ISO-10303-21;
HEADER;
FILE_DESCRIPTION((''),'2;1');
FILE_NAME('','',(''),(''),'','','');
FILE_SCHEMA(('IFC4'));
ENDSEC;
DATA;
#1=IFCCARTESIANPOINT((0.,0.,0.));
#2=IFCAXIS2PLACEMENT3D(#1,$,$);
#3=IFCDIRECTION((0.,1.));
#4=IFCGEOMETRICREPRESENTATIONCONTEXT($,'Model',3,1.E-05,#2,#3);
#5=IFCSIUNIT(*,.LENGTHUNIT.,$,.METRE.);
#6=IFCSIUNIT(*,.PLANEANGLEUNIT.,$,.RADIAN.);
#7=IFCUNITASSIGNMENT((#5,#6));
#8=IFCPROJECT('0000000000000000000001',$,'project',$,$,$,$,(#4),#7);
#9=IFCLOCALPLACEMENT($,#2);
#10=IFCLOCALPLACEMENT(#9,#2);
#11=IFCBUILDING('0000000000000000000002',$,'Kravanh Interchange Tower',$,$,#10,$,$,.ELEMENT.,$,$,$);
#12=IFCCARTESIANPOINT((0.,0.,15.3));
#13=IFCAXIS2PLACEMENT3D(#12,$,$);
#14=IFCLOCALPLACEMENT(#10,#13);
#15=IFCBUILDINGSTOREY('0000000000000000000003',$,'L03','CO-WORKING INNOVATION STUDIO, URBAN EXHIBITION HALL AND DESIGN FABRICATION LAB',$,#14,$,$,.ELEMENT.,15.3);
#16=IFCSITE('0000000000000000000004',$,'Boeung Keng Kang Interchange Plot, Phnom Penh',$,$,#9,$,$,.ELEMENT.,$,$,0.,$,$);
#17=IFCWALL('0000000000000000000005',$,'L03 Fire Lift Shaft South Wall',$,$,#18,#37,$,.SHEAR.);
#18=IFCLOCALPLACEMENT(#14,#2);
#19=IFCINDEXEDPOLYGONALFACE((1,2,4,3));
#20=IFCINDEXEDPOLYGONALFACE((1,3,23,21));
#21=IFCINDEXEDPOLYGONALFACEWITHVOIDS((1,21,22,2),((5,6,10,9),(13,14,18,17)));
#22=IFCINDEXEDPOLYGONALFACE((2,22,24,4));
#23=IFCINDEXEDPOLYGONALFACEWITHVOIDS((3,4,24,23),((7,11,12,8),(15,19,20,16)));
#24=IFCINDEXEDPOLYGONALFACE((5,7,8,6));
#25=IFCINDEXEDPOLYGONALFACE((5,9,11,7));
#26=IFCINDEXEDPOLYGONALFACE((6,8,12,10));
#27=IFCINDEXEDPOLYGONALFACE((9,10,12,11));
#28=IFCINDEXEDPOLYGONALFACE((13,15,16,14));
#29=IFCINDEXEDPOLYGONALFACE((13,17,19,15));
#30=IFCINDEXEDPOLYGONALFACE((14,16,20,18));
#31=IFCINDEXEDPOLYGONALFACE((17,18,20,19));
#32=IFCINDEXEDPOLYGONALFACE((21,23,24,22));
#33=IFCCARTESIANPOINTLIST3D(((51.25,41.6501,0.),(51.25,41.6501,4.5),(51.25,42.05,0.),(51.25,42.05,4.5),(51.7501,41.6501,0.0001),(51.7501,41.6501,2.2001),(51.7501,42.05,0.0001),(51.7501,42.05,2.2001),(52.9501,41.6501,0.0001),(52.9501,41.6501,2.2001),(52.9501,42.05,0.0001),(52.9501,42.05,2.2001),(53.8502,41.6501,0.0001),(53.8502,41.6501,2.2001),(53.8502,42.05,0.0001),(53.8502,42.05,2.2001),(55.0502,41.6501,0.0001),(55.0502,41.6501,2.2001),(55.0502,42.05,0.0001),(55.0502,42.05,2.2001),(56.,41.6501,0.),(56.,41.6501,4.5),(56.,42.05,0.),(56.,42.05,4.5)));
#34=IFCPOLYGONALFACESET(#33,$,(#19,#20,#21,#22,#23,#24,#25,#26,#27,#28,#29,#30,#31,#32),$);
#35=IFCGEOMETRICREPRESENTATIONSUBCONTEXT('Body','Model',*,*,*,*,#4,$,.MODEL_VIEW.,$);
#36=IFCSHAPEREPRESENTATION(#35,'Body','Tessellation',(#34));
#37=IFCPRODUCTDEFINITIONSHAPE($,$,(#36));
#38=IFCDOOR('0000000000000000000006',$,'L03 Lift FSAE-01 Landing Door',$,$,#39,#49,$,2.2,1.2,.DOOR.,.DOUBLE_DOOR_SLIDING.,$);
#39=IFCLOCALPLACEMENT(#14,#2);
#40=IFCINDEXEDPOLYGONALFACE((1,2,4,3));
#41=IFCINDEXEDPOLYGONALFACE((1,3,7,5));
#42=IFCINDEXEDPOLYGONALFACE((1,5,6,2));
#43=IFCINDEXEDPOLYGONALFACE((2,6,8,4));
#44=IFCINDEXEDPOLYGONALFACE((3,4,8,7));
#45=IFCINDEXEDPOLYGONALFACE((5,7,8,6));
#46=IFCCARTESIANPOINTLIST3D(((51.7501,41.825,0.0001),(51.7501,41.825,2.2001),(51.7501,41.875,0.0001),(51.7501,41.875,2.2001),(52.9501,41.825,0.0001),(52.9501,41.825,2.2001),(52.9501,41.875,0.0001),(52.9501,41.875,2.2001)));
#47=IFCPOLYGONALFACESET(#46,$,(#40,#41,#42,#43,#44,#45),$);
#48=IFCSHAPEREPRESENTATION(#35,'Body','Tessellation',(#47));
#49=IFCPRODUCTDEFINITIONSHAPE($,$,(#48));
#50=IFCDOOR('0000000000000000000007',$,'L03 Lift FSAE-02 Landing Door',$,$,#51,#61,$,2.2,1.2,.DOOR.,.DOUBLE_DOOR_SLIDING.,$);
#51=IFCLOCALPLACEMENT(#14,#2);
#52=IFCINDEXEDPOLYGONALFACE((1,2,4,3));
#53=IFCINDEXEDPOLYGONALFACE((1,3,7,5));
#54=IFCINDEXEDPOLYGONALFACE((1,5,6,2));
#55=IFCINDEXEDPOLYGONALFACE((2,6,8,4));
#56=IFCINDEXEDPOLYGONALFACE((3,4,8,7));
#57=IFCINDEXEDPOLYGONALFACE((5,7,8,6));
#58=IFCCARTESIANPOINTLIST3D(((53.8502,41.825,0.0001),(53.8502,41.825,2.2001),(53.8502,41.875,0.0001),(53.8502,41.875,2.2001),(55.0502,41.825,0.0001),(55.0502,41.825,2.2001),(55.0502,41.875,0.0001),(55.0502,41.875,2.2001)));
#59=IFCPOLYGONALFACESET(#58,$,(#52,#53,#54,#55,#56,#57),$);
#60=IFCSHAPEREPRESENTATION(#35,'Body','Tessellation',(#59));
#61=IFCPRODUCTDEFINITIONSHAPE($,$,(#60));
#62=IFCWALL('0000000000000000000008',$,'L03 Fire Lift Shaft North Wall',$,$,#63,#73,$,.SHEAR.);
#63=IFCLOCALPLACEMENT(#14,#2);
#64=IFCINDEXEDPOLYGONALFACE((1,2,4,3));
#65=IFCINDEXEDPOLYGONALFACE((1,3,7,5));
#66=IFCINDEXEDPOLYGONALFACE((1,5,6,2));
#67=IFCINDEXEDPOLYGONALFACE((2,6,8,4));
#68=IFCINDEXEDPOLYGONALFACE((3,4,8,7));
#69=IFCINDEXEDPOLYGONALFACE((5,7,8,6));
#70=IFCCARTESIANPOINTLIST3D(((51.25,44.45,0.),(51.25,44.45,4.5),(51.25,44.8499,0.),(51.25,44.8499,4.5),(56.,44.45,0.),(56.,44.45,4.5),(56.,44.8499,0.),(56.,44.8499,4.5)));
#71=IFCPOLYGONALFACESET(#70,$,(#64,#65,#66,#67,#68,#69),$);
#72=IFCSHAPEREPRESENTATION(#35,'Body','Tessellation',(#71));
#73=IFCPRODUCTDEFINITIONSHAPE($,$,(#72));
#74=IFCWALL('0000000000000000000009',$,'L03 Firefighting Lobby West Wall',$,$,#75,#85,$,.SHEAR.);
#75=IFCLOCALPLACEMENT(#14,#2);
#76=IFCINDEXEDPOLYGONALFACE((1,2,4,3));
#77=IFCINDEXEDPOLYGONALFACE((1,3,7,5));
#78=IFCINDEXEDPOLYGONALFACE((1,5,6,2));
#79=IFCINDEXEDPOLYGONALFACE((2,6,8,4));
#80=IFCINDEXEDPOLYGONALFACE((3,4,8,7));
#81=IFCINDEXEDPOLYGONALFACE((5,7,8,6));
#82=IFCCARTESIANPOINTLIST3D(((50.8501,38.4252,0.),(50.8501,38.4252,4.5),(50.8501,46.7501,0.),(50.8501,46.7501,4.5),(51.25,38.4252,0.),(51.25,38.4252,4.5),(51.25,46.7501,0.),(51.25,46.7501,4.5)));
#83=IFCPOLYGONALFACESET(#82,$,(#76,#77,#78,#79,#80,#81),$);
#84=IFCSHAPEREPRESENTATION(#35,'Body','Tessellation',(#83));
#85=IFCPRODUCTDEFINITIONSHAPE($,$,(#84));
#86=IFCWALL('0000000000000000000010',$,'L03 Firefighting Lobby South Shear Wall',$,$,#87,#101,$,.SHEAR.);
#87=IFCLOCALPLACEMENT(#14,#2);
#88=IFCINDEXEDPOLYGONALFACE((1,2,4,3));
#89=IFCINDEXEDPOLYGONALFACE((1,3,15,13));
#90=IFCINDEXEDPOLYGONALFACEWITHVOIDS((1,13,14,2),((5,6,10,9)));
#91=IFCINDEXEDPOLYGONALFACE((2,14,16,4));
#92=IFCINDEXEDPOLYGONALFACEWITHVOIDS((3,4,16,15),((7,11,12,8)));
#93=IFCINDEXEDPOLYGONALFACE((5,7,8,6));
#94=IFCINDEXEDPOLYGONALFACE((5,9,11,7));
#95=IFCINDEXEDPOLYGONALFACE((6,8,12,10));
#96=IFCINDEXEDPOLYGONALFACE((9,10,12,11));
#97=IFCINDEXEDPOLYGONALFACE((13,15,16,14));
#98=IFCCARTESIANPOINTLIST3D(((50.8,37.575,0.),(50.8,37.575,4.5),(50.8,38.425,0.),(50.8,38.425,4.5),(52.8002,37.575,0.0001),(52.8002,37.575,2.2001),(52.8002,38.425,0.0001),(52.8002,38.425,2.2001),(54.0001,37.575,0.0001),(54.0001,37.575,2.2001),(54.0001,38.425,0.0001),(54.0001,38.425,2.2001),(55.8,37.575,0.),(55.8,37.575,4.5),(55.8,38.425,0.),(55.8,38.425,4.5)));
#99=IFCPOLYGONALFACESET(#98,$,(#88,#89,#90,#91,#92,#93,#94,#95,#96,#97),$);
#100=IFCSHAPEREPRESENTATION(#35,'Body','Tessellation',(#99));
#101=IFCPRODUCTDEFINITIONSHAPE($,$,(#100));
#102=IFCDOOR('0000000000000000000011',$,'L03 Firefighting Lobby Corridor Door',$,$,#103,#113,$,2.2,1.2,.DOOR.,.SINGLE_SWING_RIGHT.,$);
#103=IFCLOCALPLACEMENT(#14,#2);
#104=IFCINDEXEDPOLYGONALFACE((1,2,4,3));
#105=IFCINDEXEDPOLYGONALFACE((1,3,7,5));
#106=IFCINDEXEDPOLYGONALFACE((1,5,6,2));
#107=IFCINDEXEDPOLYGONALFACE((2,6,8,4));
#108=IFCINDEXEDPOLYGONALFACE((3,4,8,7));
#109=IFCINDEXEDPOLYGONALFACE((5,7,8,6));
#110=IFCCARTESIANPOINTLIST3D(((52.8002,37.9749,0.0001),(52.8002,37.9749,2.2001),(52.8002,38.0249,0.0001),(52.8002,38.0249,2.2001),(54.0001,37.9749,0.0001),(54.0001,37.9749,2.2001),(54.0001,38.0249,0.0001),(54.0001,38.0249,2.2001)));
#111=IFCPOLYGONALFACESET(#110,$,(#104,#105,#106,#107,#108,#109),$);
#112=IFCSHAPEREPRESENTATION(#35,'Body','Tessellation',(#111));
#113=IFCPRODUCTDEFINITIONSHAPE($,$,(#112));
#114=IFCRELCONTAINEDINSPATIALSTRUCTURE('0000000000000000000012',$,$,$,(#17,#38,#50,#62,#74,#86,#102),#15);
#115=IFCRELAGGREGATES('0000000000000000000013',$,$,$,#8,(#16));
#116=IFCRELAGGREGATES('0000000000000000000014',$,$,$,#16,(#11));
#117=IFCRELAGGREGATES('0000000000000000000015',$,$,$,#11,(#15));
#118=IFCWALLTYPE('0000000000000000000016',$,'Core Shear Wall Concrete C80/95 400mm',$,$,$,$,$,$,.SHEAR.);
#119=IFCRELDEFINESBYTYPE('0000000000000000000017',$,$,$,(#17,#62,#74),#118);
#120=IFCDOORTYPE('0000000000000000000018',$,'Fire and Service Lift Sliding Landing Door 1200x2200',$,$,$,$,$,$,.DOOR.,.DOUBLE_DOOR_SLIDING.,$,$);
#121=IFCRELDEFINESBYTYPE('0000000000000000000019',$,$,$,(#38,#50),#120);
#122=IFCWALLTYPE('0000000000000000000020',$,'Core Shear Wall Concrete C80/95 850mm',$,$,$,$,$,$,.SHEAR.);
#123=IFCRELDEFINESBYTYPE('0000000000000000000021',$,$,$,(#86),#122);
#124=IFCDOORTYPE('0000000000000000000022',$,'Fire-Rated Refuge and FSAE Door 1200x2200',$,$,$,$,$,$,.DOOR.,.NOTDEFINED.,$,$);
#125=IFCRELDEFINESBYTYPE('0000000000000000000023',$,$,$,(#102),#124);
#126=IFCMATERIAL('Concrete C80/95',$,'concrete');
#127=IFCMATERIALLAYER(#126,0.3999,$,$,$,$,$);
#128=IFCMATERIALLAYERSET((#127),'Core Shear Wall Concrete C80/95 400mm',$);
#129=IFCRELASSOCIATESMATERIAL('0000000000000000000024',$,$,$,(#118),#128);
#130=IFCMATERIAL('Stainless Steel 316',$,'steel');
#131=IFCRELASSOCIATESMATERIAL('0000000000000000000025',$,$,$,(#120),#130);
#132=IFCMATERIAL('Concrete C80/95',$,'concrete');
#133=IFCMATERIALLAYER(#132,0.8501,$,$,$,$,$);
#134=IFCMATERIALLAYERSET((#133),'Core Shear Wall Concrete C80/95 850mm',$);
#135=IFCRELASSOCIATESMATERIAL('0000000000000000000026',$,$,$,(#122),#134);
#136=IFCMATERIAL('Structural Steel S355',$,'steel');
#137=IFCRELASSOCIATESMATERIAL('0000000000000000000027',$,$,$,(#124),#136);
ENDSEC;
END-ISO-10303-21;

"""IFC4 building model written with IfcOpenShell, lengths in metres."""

from ifc_helpers import new_model, si_unit, direction, frame, frame_2d, origin, place, context, subcontext, project, spatial, rectangle, extrude, material, layer, layer_set, type_object, element, fill, save


model = new_model("IFC4")

# Units and contexts
model_context = context("Model", 3, precision=1e-05, world=origin(), true_north=direction((0.0, 1.0)))
body_context = subcontext(model_context, "Body", "Model", "MODEL_VIEW")
ifc_project = project(units=[si_unit("LENGTHUNIT", "METRE"), si_unit("PLANEANGLEUNIT", "RADIAN")], contexts=[model_context])

# Site, building, storey
site_placement = place(None, origin())
site = spatial("IfcSite", under=ifc_project, at=site_placement, Name="Boeung Keng Kang Interchange Plot, Phnom Penh", CompositionType="ELEMENT", RefElevation=0.0)
building_placement = place(site_placement, origin())
building = spatial("IfcBuilding", under=site, at=building_placement, Name="Kravanh Interchange Tower", CompositionType="ELEMENT")
storey_placement = place(building_placement, frame((0.0, 0.0, 15.3)))
storey = spatial("IfcBuildingStorey", under=building, at=storey_placement, Name="L03", Description="CO-WORKING INNOVATION STUDIO, URBAN EXHIBITION HALL AND DESIGN FABRICATION LAB", CompositionType="ELEMENT", Elevation=15.3)

# Wall, openings, doors
ifc_material_1 = material(Name="Concrete C80/95", Category="concrete")
ifc_layer_1 = layer(ifc_material_1, 0.3999)
ifc_layer_set_1 = layer_set([ifc_layer_1], Name="Core Shear Wall Concrete C80/95 400mm")
wall_type_1 = type_object("IfcWallType", Name="Core Shear Wall Concrete C80/95 400mm", PredefinedType="SHEAR", material=ifc_layer_set_1)
wall_1_placement = place(storey_placement, frame((51.25, 41.8501, 0.0), z_axis=(0.0, 0.0, 1.0), x_axis=(1.0, 0.0, 0.0)))
wall_1 = element("IfcWall", 1, at=wall_1_placement, inside=storey, type_object=wall_type_1, Name="L03 Fire Lift Shaft South Wall", PredefinedType="SHEAR", context=body_context, shape_type="SweptSolid", body=[
    extrude(rectangle(XDim=4.75, YDim=0.3999, at=frame_2d((2.375, 0.0))), origin(), (0.0, 0.0, 1.0), 4.5),
])
opening_1_placement = place(wall_1_placement, frame((0.5, 0.0, 0.0)))
opening_1 = element("IfcOpeningElement", 2, at=opening_1_placement, cuts=wall_1, PredefinedType="OPENING", context=body_context, shape_type="SweptSolid", body=[
    extrude(rectangle(XDim=1.2, YDim=2.2, at=frame_2d((0.6001, 1.1001))), frame((0.0, 0.21, 0.0), z_axis=(0.0, -1.0, 0.0), x_axis=(1.0, 0.0, 0.0)), (0.0, 0.0, 1.0), 0.4199),
])
opening_2_placement = place(wall_1_placement, frame((2.6001, 0.0, 0.0)))
opening_2 = element("IfcOpeningElement", 3, at=opening_2_placement, cuts=wall_1, PredefinedType="OPENING", context=body_context, shape_type="SweptSolid", body=[
    extrude(rectangle(XDim=1.2, YDim=2.2, at=frame_2d((0.6001, 1.1001))), frame((0.0, 0.21, 0.0), z_axis=(0.0, -1.0, 0.0), x_axis=(1.0, 0.0, 0.0)), (0.0, 0.0, 1.0), 0.4199),
])
ifc_material_2 = material(Name="Stainless Steel 316", Category="steel")
door_type_1 = type_object("IfcDoorType", Name="Fire and Service Lift Sliding Landing Door 1200x2200", OperationType="DOUBLE_DOOR_SLIDING", PredefinedType="DOOR", material=ifc_material_2)
door_1_placement = place(opening_1_placement, origin())
door_1 = element("IfcDoor", 4, at=door_1_placement, inside=storey, type_object=door_type_1, Name="L03 Lift FSAE-01 Landing Door", OperationType="DOUBLE_DOOR_SLIDING", OverallHeight=2.2, OverallWidth=1.2, PredefinedType="DOOR", context=body_context, shape_type="SweptSolid", body=[
    extrude(rectangle(XDim=1.2, YDim=2.2, at=frame_2d((0.6001, 1.1001))), frame((0.0, 0.0249, 0.0), z_axis=(0.0, -1.0, 0.0), x_axis=(1.0, 0.0, 0.0)), (0.0, 0.0, 1.0), 0.05),
])
fill(opening_1, door_1)
door_2_placement = place(opening_2_placement, origin())
door_2 = element("IfcDoor", 5, at=door_2_placement, inside=storey, type_object=door_type_1, Name="L03 Lift FSAE-02 Landing Door", OperationType="DOUBLE_DOOR_SLIDING", OverallHeight=2.2, OverallWidth=1.2, PredefinedType="DOOR", context=body_context, shape_type="SweptSolid", body=[
    extrude(rectangle(XDim=1.2, YDim=2.2, at=frame_2d((0.6001, 1.1001))), frame((0.0, 0.0249, 0.0), z_axis=(0.0, -1.0, 0.0), x_axis=(1.0, 0.0, 0.0)), (0.0, 0.0, 1.0), 0.05),
])
fill(opening_2, door_2)

# Walls
wall_2_placement = place(storey_placement, frame((51.25, 44.6499, 0.0), z_axis=(0.0, 0.0, 1.0), x_axis=(1.0, 0.0, 0.0)))
element("IfcWall", 6, at=wall_2_placement, inside=storey, type_object=wall_type_1, Name="L03 Fire Lift Shaft North Wall", PredefinedType="SHEAR", context=body_context, shape_type="SweptSolid", body=[
    extrude(rectangle(XDim=4.75, YDim=0.3999, at=frame_2d((2.375, 0.0))), origin(), (0.0, 0.0, 1.0), 4.5),
])
wall_3_placement = place(storey_placement, frame((51.05, 38.425, 0.0), z_axis=(0.0, 0.0, 1.0), x_axis=(0.0, 1.0, 0.0)))
element("IfcWall", 7, at=wall_3_placement, inside=storey, type_object=wall_type_1, Name="L03 Firefighting Lobby West Wall", PredefinedType="SHEAR", context=body_context, shape_type="SweptSolid", body=[
    extrude(rectangle(XDim=8.325, YDim=0.3999, at=frame_2d((4.1626, 0.0))), origin(), (0.0, 0.0, 1.0), 4.5),
])

# Shared definitions
ifc_material_3 = material(Name="Concrete C80/95", Category="concrete")
ifc_layer_2 = layer(ifc_material_3, 0.8501)
ifc_layer_set_2 = layer_set([ifc_layer_2], Name="Core Shear Wall Concrete C80/95 850mm")
wall_type_2 = type_object("IfcWallType", Name="Core Shear Wall Concrete C80/95 850mm", PredefinedType="SHEAR", material=ifc_layer_set_2)

# Wall, opening, door
wall_4_placement = place(storey_placement, frame((50.8, 38.0, 0.0), z_axis=(0.0, 0.0, 1.0), x_axis=(1.0, 0.0, 0.0)))
wall_4 = element("IfcWall", 8, at=wall_4_placement, inside=storey, type_object=wall_type_2, Name="L03 Firefighting Lobby South Shear Wall", PredefinedType="SHEAR", context=body_context, shape_type="SweptSolid", body=[
    extrude(rectangle(XDim=5.0, YDim=0.8501, at=frame_2d((2.5, 0.0))), origin(), (0.0, 0.0, 1.0), 4.5),
])
opening_3_placement = place(wall_4_placement, frame((2.0, 0.0, 0.0)))
opening_3 = element("IfcOpeningElement", 9, at=opening_3_placement, cuts=wall_4, PredefinedType="OPENING", context=body_context, shape_type="SweptSolid", body=[
    extrude(rectangle(XDim=1.2, YDim=2.2, at=frame_2d((0.6001, 1.1001))), frame((0.0, 0.4351, 0.0), z_axis=(0.0, -1.0, 0.0), x_axis=(1.0, 0.0, 0.0)), (0.0, 0.0, 1.0), 0.8701),
])
ifc_material_4 = material(Name="Structural Steel S355", Category="steel")
door_type_2 = type_object("IfcDoorType", Name="Fire-Rated Refuge and FSAE Door 1200x2200", OperationType="NOTDEFINED", PredefinedType="DOOR", material=ifc_material_4)
door_3_placement = place(opening_3_placement, origin())
door_3 = element("IfcDoor", 10, at=door_3_placement, inside=storey, type_object=door_type_2, Name="L03 Firefighting Lobby Corridor Door", OperationType="SINGLE_SWING_RIGHT", OverallHeight=2.2, OverallWidth=1.2, PredefinedType="DOOR", context=body_context, shape_type="SweptSolid", body=[
    extrude(rectangle(XDim=1.2, YDim=2.2, at=frame_2d((0.6001, 1.1001))), frame((0.0, 0.0249, 0.0), z_axis=(0.0, -1.0, 0.0), x_axis=(1.0, 0.0, 0.0)), (0.0, 0.0, 1.0), 0.05),
])
fill(opening_3, door_3)

save(model, "model.ifc")
